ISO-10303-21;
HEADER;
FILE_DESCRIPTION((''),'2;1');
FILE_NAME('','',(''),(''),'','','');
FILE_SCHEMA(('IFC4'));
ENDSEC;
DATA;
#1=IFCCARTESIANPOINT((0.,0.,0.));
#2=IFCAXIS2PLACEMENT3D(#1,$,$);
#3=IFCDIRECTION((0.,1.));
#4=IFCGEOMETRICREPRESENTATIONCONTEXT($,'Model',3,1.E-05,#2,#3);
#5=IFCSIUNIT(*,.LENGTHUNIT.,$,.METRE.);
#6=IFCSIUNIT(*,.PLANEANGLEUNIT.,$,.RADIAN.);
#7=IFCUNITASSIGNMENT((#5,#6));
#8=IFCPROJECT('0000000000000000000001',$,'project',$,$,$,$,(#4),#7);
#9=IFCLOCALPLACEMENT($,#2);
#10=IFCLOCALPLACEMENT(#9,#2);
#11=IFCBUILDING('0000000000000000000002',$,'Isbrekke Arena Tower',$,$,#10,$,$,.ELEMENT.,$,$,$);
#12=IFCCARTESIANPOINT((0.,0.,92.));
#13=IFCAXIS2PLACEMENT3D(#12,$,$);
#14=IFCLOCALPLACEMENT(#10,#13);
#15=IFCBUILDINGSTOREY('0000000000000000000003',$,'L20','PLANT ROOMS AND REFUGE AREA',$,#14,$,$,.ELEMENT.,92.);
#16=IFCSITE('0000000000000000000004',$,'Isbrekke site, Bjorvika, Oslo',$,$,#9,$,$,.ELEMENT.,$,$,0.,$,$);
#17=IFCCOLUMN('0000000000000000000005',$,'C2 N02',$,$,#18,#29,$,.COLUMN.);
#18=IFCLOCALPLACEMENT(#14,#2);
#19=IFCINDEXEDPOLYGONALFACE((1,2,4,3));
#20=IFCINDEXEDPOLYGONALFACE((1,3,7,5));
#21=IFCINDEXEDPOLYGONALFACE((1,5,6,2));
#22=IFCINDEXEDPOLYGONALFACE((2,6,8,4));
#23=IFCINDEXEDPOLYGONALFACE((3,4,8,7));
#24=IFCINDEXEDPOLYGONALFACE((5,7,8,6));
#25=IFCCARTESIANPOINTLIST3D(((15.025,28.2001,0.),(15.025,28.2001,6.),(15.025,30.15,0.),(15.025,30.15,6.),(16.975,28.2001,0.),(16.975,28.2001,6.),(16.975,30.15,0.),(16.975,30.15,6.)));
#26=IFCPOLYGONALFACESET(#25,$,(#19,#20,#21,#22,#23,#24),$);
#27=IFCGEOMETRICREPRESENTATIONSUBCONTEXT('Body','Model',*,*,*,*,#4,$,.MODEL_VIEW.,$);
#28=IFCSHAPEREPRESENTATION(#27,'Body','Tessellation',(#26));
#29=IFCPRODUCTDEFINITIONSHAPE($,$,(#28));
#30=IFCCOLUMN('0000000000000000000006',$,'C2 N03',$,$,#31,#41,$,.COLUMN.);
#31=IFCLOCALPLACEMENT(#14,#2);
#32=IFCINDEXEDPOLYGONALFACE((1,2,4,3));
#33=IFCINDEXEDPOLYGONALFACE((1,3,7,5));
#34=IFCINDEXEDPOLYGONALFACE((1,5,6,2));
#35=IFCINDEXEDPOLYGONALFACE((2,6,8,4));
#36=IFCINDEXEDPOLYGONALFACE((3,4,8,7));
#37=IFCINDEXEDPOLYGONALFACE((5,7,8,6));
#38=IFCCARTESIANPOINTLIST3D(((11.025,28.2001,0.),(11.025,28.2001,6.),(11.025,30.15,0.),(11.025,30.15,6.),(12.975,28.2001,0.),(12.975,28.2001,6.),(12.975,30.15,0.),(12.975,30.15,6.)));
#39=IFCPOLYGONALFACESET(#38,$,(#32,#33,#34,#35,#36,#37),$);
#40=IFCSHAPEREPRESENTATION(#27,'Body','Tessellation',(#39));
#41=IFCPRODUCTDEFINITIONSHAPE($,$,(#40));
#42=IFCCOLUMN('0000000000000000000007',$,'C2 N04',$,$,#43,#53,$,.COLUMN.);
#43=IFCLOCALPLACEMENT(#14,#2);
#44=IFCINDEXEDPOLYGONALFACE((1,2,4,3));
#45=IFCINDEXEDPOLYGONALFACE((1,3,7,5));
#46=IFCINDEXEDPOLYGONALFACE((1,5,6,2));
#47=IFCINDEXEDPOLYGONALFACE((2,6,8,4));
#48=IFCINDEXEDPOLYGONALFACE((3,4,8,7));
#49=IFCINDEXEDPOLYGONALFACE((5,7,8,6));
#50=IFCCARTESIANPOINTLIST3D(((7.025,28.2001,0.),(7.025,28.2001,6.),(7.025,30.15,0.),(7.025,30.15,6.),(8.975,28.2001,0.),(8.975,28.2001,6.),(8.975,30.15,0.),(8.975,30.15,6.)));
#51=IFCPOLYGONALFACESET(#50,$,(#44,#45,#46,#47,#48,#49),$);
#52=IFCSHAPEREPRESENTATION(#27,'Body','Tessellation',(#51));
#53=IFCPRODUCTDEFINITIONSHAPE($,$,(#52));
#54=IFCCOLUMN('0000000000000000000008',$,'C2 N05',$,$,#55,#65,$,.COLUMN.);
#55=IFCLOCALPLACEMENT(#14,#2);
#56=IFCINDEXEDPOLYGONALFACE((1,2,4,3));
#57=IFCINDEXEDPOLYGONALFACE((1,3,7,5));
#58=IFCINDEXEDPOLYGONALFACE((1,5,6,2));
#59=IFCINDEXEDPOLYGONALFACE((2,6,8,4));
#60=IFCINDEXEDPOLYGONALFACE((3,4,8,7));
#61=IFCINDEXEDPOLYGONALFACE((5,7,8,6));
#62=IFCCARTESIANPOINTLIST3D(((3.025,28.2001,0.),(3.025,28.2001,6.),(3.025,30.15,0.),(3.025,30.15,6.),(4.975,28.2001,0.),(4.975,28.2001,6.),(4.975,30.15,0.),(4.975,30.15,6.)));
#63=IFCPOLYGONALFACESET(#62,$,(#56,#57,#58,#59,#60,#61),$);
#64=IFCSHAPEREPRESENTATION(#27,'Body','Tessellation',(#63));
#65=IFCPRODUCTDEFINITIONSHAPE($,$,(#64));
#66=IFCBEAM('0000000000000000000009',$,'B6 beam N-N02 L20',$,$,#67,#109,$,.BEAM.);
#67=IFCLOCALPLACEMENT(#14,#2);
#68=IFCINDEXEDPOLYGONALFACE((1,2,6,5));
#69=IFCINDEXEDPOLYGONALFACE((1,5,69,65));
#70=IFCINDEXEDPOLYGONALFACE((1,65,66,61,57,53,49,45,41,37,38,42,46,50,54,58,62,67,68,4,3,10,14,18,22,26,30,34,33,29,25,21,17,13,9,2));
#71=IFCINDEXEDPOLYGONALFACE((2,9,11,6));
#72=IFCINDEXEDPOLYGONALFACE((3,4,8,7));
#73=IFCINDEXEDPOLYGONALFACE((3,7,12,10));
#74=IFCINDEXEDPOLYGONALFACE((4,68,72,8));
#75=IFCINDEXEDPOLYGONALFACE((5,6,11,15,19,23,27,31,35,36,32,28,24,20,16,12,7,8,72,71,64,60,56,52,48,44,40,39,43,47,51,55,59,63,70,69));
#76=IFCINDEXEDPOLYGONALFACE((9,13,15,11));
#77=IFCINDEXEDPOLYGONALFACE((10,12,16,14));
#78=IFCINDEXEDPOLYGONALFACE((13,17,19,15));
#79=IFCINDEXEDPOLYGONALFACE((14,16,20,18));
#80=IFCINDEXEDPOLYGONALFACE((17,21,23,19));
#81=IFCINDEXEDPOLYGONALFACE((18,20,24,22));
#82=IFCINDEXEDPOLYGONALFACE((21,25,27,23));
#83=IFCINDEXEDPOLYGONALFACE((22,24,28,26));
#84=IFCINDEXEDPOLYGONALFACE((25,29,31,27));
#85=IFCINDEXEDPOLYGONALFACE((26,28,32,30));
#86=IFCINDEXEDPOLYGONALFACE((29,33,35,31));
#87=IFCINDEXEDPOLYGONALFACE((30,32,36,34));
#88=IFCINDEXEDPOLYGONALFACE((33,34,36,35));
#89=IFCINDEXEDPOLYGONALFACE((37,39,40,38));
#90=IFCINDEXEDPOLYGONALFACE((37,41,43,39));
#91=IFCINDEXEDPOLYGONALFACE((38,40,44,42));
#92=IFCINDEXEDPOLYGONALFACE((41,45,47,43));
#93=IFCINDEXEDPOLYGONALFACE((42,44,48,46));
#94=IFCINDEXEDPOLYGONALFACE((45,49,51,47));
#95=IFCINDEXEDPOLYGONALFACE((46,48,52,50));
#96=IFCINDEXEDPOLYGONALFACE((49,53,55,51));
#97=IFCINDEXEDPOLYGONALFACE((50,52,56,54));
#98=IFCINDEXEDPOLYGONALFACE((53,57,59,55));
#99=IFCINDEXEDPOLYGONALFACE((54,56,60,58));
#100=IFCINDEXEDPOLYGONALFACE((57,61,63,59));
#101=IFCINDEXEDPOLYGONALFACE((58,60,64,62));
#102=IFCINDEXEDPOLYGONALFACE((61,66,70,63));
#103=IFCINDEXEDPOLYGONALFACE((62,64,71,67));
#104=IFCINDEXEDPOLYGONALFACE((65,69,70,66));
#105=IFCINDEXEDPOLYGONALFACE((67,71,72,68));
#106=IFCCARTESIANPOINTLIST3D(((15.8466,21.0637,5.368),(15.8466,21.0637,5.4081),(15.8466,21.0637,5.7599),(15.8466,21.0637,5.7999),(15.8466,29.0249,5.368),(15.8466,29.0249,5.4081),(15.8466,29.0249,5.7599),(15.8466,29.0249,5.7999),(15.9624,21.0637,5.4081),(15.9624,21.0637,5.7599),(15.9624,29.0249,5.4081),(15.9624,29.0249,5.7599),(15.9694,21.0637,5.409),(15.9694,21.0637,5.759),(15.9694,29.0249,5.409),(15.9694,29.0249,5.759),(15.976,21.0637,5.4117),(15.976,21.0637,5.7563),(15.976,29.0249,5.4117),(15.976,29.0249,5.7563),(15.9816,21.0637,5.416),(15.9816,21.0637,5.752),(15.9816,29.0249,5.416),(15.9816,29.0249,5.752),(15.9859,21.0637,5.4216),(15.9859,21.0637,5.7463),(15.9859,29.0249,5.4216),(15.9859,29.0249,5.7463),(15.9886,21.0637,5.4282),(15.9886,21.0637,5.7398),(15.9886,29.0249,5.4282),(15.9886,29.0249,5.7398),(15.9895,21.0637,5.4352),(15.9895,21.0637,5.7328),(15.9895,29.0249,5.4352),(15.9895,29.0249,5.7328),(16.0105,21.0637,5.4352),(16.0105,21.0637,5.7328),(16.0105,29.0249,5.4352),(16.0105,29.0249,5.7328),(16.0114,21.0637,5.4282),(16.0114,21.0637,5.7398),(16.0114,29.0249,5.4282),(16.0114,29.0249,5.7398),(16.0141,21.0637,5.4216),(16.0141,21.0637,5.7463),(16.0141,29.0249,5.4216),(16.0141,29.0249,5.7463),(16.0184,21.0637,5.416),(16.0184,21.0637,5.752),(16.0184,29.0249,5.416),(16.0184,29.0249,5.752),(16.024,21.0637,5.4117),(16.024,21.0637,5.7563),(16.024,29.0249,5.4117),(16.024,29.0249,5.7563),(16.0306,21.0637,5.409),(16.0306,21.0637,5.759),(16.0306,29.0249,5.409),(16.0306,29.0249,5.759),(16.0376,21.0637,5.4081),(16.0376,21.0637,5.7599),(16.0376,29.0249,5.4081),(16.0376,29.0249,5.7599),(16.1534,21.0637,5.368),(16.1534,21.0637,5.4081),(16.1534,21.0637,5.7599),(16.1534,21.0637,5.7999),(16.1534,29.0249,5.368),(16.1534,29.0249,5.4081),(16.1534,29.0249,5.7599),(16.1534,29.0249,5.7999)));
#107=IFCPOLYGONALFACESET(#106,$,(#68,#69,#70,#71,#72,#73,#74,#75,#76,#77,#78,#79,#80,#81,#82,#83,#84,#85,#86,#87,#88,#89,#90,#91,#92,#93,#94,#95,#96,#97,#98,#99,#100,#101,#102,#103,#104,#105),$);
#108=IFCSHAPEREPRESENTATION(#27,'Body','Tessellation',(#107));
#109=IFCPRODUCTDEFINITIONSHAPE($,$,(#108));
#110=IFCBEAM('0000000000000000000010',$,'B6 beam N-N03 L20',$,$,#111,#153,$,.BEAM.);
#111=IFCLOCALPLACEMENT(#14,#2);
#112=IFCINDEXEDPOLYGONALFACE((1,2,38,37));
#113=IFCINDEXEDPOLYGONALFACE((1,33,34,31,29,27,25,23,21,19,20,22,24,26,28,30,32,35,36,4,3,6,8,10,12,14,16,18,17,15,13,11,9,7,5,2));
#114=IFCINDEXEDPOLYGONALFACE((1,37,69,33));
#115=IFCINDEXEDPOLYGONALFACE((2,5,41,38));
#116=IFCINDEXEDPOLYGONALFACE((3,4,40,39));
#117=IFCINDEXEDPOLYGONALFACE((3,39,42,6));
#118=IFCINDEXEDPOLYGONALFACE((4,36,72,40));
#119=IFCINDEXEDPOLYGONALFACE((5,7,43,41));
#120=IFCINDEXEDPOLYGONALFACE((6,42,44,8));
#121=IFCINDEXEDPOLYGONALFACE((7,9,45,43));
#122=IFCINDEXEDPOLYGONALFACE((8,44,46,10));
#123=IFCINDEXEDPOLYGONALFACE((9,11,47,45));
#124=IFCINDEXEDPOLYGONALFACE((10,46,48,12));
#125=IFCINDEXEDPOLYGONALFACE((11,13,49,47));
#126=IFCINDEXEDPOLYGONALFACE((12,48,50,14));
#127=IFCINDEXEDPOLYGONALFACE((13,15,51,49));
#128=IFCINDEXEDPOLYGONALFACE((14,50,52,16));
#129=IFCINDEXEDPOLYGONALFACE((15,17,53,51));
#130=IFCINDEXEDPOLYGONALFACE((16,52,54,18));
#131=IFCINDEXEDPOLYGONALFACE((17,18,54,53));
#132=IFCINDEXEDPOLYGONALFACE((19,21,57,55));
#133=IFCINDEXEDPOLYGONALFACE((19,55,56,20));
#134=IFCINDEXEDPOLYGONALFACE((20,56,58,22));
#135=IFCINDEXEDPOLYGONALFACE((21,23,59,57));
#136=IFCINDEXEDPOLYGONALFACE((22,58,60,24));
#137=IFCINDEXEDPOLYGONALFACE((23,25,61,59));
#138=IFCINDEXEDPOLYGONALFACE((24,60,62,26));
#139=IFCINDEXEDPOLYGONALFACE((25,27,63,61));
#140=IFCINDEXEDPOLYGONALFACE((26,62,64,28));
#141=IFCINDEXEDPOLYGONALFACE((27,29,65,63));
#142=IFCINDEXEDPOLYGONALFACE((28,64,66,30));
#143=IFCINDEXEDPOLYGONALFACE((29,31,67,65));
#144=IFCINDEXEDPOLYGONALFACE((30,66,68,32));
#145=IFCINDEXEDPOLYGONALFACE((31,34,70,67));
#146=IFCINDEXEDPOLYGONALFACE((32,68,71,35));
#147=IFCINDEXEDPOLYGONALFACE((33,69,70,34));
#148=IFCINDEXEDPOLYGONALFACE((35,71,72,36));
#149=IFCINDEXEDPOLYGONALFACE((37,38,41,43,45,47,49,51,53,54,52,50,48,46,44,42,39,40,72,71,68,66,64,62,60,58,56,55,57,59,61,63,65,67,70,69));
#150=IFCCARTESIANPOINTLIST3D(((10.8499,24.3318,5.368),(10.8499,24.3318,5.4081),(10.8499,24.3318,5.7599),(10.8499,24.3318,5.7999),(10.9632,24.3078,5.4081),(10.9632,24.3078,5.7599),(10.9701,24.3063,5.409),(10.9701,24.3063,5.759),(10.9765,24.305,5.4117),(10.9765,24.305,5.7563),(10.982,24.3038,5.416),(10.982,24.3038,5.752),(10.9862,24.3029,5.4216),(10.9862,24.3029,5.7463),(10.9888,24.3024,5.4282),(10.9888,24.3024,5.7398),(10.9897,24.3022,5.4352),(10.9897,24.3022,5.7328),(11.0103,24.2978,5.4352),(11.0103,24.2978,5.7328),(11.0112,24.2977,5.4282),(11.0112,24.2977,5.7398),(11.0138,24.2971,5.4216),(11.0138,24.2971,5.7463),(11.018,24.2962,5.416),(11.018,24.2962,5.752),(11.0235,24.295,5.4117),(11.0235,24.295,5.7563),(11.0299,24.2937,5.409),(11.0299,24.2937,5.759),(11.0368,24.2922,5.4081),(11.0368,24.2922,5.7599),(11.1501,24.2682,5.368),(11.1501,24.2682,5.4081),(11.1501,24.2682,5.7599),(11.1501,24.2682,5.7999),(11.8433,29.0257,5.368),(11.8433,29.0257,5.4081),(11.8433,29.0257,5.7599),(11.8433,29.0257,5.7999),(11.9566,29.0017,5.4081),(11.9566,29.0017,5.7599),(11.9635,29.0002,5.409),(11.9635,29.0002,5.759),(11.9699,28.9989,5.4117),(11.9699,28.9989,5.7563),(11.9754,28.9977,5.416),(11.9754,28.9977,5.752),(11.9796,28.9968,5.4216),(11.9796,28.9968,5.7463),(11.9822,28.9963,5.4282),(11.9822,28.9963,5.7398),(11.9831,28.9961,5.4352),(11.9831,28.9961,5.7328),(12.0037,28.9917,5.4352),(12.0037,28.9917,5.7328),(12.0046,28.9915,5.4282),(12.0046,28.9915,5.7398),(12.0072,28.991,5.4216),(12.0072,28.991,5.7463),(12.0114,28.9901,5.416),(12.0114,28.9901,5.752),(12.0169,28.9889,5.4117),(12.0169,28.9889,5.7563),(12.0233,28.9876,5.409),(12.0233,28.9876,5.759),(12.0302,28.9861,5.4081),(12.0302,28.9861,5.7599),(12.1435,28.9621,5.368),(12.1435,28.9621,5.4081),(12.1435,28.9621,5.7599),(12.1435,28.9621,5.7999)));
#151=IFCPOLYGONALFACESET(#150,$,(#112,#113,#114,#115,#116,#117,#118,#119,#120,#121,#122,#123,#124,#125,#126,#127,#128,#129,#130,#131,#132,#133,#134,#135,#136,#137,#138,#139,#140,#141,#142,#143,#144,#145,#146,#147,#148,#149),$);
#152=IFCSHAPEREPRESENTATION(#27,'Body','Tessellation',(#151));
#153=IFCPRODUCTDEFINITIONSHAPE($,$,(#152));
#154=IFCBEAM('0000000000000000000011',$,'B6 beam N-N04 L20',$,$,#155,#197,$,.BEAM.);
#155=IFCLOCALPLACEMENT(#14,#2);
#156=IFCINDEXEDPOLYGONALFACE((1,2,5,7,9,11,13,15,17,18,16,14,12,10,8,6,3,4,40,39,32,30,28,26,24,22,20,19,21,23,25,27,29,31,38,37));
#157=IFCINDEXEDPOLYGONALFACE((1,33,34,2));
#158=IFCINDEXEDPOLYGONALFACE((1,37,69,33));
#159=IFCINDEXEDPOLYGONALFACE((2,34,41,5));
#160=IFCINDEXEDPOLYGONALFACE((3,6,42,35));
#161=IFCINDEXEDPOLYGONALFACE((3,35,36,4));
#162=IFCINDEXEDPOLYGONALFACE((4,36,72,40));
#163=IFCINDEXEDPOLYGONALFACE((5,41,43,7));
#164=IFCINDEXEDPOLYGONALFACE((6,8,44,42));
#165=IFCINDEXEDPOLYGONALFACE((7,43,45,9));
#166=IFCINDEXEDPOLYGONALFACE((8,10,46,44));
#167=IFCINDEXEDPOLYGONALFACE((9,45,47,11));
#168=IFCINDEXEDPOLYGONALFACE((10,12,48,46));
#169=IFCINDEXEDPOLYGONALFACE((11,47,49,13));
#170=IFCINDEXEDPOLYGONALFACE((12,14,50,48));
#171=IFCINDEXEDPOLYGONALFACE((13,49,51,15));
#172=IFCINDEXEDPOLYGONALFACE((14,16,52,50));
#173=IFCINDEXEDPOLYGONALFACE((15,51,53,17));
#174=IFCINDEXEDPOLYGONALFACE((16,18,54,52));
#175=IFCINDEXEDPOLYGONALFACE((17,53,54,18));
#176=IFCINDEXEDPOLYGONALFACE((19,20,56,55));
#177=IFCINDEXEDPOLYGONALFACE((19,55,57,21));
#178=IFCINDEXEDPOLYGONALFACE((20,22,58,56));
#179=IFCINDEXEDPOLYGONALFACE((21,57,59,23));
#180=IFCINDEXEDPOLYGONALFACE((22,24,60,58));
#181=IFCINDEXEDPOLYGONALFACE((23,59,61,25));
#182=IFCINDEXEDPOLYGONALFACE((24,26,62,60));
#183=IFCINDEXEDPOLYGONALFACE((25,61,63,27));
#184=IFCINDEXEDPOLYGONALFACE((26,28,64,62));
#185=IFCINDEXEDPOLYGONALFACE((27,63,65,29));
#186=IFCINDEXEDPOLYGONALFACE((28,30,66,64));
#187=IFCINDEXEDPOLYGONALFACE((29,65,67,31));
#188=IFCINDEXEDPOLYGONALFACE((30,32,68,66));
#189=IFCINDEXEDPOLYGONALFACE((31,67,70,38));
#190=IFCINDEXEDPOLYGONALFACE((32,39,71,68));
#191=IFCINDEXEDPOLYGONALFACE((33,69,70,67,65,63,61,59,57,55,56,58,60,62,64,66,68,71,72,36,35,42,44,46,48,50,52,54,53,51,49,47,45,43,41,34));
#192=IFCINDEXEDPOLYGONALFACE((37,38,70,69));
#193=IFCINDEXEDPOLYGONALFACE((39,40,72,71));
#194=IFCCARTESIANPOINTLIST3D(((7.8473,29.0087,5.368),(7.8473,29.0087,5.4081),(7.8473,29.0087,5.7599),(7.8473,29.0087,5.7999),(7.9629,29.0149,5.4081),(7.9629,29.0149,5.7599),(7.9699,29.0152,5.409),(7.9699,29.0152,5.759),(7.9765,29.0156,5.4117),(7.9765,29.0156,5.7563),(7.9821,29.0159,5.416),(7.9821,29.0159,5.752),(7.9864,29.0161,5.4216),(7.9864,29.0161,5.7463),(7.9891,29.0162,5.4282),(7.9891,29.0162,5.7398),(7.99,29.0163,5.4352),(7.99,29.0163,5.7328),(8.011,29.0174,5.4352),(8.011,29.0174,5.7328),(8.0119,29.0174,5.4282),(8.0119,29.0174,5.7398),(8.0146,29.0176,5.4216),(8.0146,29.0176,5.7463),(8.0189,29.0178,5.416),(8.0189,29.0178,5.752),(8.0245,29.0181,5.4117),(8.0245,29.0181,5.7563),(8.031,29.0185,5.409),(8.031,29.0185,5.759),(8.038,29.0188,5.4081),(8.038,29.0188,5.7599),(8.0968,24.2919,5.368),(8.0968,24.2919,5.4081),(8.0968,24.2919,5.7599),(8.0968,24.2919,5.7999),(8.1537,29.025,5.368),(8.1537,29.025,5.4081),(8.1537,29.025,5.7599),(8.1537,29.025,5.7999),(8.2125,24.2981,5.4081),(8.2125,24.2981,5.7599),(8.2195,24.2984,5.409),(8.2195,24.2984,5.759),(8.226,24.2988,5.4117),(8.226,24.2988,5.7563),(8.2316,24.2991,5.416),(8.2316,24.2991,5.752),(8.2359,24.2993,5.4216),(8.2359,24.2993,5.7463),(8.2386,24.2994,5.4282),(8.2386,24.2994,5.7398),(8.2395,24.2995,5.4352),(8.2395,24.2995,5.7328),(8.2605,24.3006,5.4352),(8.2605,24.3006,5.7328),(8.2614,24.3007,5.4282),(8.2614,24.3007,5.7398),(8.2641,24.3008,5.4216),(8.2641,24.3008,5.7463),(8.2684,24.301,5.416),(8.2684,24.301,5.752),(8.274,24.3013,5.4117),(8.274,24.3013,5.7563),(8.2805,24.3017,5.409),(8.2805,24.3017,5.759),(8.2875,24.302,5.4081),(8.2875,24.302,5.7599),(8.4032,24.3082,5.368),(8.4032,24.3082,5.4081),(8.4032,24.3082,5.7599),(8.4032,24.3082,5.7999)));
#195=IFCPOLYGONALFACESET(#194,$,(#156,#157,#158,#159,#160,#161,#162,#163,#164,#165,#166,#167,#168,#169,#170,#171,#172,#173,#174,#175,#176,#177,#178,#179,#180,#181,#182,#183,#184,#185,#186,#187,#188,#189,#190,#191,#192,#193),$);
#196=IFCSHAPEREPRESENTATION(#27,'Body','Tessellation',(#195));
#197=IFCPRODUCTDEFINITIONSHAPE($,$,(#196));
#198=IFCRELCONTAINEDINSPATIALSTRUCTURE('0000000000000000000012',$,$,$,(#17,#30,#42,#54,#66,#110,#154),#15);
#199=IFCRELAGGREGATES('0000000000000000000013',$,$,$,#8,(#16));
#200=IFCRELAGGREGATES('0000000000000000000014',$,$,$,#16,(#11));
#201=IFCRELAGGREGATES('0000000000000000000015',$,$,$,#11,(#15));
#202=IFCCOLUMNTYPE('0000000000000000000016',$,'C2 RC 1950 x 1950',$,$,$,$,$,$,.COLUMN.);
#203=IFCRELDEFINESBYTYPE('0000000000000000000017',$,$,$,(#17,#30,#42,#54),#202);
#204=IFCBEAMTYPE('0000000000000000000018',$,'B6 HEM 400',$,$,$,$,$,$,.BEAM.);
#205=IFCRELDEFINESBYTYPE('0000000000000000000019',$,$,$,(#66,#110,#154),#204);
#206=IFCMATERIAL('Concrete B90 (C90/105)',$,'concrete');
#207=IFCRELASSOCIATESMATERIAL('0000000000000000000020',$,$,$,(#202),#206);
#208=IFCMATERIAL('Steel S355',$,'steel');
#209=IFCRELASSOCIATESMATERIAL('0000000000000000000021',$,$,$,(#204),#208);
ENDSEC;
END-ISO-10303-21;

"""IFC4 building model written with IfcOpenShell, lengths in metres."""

from ifc_helpers import new_model, si_unit, direction, frame, origin, origin_2d, place, context, subcontext, project, spatial, rectangle, i_section, extrude, material, material_profile, profile_set, type_object, element, save


model = new_model("IFC4")

# Units and contexts
model_context = context("Model", 3, precision=1e-05, world=origin(), true_north=direction((0.0, 1.0)))
body_context = subcontext(model_context, "Body", "Model", "MODEL_VIEW")
ifc_project = project(units=[si_unit("LENGTHUNIT", "METRE"), si_unit("PLANEANGLEUNIT", "RADIAN")], contexts=[model_context])

# Site, building, storey
site_placement = place(None, origin())
site = spatial("IfcSite", under=ifc_project, at=site_placement, Name="Isbrekke site, Bjorvika, Oslo", CompositionType="ELEMENT", RefElevation=0.0)
building_placement = place(site_placement, origin())
building = spatial("IfcBuilding", under=site, at=building_placement, Name="Isbrekke Arena Tower", CompositionType="ELEMENT")
storey_placement = place(building_placement, frame((0.0, 0.0, 92.0)))
storey = spatial("IfcBuildingStorey", under=building, at=storey_placement, Name="L20", Description="PLANT ROOMS AND REFUGE AREA", CompositionType="ELEMENT", Elevation=92.0)

# Columns
ifc_material_1 = material(Name="Concrete B90 (C90/105)", Category="concrete")
ifc_material_profile_1 = material_profile(ifc_material_1, rectangle(XDim=1.95, YDim=1.95, at=origin_2d()), Name="RC 1950x1950")
ifc_profile_set_1 = profile_set([ifc_material_profile_1], Name="Concrete B90 (C90/105)")
column_type = type_object("IfcColumnType", Name="C2 RC 1950 x 1950", PredefinedType="COLUMN", material=ifc_profile_set_1)
for number, where, z_axis, x_axis, name in (
    (1, (16.0, 29.175, 0.0), (0.0, 0.0, 1.0), (-1.0, 0.0, 0.0), "C2 N02"),
    (2, (12.0, 29.175, 0.0), (0.0, 0.0, 1.0), (-1.0, 0.0, 0.0), "C2 N03"),
    (3, (8.0, 29.175, 0.0), (0.0, 0.0, 1.0), (-1.0, 0.0, 0.0), "C2 N04"),
    (4, (4.0, 29.175, 0.0), (0.0, 0.0, 1.0), (-1.0, 0.0, 0.0), "C2 N05"),
):
    element("IfcColumn", number, at=place(storey_placement, frame(where, z_axis=z_axis, x_axis=x_axis)), inside=storey, type_object=column_type, Name=name, PredefinedType="COLUMN", context=body_context, shape_type="SweptSolid", body=[
        extrude(rectangle(XDim=1.95, YDim=1.95, at=origin_2d()), origin(), (0.0, 0.0, 1.0), 6.0),
    ])

# Beams
ifc_material_2 = material(Name="Steel S355", Category="steel")
ifc_material_profile_2 = material_profile(ifc_material_2, i_section(OverallWidth=0.3069, OverallDepth=0.4319, WebThickness=0.021, FlangeThickness=0.04, FilletRadius=0.0271, at=origin_2d()), Name="HEM 400")
ifc_profile_set_2 = profile_set([ifc_material_profile_2], Name="Steel S355")
beam_type_1 = type_object("IfcBeamType", Name="B6 HEM 400", PredefinedType="BEAM", material=ifc_profile_set_2)
beam_1_placement = place(storey_placement, frame((16.0, 29.0249, 5.584), z_axis=(0.0, -1.0, 0.0), x_axis=(1.0, 0.0, 0.0)))
element("IfcBeam", 5, at=beam_1_placement, inside=storey, type_object=beam_type_1, Name="B6 beam N-N02 L20", PredefinedType="BEAM", context=body_context, shape_type="SweptSolid", body=[
    extrude(i_section(OverallWidth=0.3069, OverallDepth=0.4319, WebThickness=0.021, FlangeThickness=0.04, FilletRadius=0.0271, at=origin_2d()), origin(), (0.0, 0.0, 1.0), 7.9612),
])
beam_2_placement = place(storey_placement, frame((11.9934, 28.9939, 5.584), z_axis=(-0.207054, -0.978329, 0.0), x_axis=(0.978329, -0.207054, 0.0)))
element("IfcBeam", 6, at=beam_2_placement, inside=storey, type_object=beam_type_1, Name="B6 beam N-N03 L20", PredefinedType="BEAM", context=body_context, shape_type="SweptSolid", body=[
    extrude(i_section(OverallWidth=0.3069, OverallDepth=0.4319, WebThickness=0.021, FlangeThickness=0.04, FilletRadius=0.0271, at=origin_2d()), origin(), (0.0, 0.0, 1.0), 4.7979),
])
beam_3_placement = place(storey_placement, frame((8.0005, 29.0168, 5.584), z_axis=(0.052825, -0.998604, 0.0), x_axis=(0.998604, 0.052825, 0.0)))
element("IfcBeam", 7, at=beam_3_placement, inside=storey, type_object=beam_type_1, Name="B6 beam N-N04 L20", PredefinedType="BEAM", context=body_context, shape_type="SweptSolid", body=[
    extrude(i_section(OverallWidth=0.3069, OverallDepth=0.4319, WebThickness=0.021, FlangeThickness=0.04, FilletRadius=0.0271, at=origin_2d()), origin(), (0.0, 0.0, 1.0), 4.7234),
])

save(model, "model.ifc")
